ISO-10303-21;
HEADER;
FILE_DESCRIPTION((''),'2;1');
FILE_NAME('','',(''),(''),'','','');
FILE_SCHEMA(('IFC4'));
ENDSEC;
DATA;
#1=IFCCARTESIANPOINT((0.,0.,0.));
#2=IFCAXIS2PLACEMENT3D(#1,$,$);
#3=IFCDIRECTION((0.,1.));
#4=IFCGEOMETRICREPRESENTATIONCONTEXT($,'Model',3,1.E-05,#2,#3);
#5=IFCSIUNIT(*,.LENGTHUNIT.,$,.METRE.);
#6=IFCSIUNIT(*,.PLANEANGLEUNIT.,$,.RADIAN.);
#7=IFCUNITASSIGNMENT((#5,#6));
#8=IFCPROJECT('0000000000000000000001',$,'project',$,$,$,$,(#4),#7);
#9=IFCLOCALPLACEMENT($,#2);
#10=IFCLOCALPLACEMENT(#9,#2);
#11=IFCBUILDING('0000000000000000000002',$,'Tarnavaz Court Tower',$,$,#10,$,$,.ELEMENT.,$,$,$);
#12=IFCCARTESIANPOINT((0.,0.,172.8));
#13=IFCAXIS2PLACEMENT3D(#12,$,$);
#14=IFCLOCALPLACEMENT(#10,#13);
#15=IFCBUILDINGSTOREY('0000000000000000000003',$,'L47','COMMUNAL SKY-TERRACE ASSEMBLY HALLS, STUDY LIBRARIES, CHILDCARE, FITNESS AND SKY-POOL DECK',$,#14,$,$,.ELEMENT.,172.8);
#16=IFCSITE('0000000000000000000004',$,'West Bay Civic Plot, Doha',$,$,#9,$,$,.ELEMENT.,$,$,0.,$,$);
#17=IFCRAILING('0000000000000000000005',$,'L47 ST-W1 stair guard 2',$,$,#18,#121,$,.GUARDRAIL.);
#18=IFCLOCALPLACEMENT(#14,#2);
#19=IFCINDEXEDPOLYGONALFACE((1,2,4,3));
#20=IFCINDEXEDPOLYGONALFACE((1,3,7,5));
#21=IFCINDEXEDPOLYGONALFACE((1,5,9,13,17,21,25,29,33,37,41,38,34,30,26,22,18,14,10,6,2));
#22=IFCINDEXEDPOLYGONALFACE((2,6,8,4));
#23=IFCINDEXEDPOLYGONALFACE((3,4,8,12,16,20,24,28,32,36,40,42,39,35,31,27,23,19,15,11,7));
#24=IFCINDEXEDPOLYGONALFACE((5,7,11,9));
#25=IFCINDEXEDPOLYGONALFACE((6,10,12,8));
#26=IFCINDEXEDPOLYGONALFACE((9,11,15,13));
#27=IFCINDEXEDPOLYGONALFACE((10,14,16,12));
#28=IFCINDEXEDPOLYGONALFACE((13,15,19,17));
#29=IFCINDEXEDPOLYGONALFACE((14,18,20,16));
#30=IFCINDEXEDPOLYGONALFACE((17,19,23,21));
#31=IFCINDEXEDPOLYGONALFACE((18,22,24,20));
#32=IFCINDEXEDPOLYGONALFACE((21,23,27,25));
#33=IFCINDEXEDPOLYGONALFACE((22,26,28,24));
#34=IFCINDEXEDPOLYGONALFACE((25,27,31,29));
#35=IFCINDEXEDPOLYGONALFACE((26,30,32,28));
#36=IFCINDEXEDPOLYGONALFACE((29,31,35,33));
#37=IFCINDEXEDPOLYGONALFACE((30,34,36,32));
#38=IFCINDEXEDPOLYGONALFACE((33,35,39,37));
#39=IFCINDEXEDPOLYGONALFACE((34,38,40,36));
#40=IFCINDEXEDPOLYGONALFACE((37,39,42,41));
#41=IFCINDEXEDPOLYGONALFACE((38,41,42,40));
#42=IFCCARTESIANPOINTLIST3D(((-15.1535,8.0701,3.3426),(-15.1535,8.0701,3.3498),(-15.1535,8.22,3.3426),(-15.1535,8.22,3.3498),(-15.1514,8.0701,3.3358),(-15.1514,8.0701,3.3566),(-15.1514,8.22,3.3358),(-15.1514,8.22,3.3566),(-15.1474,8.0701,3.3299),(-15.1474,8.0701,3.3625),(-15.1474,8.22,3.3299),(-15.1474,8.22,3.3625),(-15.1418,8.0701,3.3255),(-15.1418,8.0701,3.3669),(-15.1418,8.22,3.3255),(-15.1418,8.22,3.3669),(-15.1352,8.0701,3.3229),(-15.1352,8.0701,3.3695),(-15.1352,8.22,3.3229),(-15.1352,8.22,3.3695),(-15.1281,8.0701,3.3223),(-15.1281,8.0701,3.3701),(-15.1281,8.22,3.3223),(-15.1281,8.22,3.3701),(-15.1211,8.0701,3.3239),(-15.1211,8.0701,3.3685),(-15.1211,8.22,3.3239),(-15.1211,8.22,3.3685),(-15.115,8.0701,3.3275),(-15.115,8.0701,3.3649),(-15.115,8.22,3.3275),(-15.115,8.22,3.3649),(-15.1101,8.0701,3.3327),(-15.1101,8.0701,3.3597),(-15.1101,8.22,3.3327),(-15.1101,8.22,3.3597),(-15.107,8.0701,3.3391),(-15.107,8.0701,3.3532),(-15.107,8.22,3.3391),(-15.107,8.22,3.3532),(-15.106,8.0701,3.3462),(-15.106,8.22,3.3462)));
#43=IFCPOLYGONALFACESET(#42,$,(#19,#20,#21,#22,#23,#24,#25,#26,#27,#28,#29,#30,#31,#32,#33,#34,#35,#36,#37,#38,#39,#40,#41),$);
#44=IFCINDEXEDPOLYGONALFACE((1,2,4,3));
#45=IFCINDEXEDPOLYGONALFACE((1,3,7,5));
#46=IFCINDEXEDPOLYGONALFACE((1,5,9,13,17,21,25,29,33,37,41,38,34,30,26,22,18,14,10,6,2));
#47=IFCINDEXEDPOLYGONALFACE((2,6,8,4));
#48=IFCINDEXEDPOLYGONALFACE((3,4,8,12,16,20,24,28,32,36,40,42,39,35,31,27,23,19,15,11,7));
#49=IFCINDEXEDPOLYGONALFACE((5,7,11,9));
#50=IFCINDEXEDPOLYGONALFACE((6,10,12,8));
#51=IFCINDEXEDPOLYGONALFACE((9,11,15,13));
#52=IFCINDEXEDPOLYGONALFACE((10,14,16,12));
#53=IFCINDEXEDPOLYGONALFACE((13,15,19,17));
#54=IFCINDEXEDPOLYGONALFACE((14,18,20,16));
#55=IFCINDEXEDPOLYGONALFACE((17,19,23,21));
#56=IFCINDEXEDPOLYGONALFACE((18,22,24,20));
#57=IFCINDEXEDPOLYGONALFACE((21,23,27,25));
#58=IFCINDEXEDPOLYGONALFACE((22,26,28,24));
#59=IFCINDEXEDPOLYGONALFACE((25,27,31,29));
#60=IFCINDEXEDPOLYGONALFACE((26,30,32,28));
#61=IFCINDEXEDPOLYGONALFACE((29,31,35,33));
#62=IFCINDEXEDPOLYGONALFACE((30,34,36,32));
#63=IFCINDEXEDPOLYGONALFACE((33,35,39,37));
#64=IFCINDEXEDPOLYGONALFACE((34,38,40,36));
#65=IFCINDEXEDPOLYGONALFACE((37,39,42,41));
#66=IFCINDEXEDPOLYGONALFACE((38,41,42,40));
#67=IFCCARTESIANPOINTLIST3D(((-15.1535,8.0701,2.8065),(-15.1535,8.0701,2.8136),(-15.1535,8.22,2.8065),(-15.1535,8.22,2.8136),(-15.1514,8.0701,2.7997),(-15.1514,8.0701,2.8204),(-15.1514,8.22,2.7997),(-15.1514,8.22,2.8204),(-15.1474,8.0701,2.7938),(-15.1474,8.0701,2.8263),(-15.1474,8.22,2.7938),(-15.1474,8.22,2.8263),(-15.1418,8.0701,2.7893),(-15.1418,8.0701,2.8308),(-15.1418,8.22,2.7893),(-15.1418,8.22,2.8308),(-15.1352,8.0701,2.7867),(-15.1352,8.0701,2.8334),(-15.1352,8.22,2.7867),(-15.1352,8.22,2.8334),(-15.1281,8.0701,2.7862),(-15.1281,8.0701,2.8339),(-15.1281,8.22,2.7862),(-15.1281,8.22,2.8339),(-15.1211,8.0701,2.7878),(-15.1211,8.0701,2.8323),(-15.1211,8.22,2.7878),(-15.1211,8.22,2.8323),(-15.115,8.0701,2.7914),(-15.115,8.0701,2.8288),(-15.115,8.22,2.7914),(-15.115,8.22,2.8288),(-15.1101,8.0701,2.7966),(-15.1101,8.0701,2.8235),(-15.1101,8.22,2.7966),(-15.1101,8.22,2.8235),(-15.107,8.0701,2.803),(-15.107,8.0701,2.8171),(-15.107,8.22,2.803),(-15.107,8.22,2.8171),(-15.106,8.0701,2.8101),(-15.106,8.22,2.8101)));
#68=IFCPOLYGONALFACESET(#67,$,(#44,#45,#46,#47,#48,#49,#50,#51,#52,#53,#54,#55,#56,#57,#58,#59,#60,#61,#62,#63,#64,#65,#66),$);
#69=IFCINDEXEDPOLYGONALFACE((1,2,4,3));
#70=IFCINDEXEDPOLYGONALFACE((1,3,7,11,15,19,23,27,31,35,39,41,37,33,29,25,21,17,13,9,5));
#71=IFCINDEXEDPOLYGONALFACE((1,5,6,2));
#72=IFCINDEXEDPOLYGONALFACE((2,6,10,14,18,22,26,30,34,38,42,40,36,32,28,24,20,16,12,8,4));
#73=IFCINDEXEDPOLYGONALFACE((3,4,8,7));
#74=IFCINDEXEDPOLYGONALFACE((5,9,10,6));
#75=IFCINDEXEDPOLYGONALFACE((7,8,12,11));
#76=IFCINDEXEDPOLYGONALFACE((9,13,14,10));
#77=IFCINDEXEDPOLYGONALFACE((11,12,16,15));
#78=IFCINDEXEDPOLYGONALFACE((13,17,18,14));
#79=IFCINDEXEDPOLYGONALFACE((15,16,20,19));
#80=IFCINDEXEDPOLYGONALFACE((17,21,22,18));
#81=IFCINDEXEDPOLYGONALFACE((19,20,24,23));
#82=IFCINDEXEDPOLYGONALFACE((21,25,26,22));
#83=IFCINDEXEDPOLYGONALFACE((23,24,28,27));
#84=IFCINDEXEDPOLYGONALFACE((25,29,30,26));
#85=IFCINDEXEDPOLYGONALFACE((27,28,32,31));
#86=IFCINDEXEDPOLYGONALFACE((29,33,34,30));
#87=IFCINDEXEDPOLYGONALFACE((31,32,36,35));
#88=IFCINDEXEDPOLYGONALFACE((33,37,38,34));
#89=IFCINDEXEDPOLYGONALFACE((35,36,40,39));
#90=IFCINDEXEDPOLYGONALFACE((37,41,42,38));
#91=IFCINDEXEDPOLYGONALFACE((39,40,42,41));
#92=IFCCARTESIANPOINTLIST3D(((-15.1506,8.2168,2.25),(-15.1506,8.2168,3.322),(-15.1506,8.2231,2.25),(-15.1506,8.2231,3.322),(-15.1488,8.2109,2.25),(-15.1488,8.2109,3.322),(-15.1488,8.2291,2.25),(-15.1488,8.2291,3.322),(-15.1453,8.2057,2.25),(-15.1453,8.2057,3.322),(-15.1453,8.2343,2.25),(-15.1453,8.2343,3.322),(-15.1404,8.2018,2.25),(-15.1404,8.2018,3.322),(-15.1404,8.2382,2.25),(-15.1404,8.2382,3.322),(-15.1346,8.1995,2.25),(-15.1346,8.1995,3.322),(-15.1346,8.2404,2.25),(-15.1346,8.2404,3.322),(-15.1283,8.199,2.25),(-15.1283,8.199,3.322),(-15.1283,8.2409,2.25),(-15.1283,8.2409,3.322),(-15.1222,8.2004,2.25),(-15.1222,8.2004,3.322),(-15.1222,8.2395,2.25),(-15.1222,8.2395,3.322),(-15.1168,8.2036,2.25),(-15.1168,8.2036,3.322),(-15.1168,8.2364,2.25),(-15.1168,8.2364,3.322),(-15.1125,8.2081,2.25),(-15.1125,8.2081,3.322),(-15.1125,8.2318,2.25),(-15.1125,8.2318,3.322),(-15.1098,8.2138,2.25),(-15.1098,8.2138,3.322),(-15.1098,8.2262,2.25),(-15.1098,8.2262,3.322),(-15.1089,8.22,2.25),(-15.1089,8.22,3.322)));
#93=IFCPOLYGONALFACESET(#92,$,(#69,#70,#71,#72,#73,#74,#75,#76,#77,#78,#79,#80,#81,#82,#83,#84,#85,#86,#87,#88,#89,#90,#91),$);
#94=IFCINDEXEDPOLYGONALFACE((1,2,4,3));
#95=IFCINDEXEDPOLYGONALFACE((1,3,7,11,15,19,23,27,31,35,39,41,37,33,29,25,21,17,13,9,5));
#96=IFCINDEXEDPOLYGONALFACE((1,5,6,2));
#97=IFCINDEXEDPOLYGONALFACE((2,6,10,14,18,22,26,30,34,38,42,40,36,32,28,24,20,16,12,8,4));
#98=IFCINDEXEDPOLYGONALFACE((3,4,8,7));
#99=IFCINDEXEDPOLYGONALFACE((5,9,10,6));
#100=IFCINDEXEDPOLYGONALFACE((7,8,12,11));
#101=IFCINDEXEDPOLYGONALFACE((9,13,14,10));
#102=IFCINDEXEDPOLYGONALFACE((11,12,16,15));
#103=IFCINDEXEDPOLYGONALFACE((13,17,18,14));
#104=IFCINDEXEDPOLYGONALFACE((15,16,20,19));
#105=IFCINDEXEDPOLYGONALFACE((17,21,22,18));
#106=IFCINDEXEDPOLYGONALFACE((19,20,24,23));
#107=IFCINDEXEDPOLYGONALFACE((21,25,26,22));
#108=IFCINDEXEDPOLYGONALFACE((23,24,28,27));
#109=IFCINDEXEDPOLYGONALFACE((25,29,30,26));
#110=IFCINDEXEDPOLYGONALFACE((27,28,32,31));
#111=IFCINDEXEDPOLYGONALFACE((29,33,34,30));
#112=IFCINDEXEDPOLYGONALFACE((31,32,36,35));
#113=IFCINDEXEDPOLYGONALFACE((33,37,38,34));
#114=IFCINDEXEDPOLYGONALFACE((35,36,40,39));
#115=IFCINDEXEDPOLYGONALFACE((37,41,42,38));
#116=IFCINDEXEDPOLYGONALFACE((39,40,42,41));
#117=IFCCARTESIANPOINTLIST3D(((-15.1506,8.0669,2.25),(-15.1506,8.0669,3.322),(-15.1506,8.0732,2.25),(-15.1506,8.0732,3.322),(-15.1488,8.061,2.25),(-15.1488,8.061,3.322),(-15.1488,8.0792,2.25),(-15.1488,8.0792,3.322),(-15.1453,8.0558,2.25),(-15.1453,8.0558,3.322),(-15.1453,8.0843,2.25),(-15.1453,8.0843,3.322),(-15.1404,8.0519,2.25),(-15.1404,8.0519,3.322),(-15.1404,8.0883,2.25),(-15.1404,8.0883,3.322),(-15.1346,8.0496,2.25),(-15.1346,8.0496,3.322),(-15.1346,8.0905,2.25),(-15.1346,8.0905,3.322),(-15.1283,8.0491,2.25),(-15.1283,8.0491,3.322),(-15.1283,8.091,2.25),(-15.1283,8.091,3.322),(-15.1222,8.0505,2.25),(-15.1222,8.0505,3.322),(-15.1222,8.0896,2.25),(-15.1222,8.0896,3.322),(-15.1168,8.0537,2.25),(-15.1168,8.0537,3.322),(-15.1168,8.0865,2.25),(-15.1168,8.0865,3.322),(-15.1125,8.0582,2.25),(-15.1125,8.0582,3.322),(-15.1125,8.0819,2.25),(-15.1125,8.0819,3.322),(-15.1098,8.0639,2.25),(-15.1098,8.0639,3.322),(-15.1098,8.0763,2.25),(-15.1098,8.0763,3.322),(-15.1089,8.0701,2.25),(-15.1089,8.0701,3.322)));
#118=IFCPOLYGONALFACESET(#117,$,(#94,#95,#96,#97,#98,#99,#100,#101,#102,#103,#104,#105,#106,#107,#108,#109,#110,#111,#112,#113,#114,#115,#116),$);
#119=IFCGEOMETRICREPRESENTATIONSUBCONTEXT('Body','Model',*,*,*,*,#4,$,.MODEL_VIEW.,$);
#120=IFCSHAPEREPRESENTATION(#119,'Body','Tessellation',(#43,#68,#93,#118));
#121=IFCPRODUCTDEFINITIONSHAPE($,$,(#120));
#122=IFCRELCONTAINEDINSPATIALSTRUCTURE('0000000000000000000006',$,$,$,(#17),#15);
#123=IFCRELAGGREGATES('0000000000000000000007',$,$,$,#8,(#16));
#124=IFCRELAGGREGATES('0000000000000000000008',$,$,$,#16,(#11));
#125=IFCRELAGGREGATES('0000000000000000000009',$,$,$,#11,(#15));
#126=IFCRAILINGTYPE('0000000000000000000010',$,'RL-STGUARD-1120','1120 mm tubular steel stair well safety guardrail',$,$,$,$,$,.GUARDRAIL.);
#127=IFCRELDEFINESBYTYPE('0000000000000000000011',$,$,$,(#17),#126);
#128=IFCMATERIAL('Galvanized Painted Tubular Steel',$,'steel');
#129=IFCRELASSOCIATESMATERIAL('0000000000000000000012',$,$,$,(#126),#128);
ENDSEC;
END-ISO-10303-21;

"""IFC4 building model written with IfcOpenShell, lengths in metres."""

from ifc_helpers import new_model, si_unit, direction, frame, origin, origin_2d, place, context, subcontext, project, spatial, circle, extrude, material, type_object, element, save


model = new_model("IFC4")

# Units and contexts
model_context = context("Model", 3, precision=1e-05, world=origin(), true_north=direction((0.0, 1.0)))
body_context = subcontext(model_context, "Body", "Model", "MODEL_VIEW")
ifc_project = project(units=[si_unit("LENGTHUNIT", "METRE"), si_unit("PLANEANGLEUNIT", "RADIAN")], contexts=[model_context])

# Site, building, storey
site_placement = place(None, origin())
site = spatial("IfcSite", under=ifc_project, at=site_placement, Name="West Bay Civic Plot, Doha", CompositionType="ELEMENT", RefElevation=0.0)
building_placement = place(site_placement, origin())
building = spatial("IfcBuilding", under=site, at=building_placement, Name="Tarnavaz Court Tower", CompositionType="ELEMENT")
storey_placement = place(building_placement, frame((0.0, 0.0, 172.8)))
storey = spatial("IfcBuildingStorey", under=building, at=storey_placement, Name="L47", Description="COMMUNAL SKY-TERRACE ASSEMBLY HALLS, STUDY LIBRARIES, CHILDCARE, FITNESS AND SKY-POOL DECK", CompositionType="ELEMENT", Elevation=172.8)

# Railing
ifc_material_1 = material(Name="Galvanized Painted Tubular Steel", Category="steel")
railing_type_1 = type_object("IfcRailingType", Name="RL-STGUARD-1120", Description="1120 mm tubular steel stair well safety guardrail", PredefinedType="GUARDRAIL", material=ifc_material_1)
railing_1_placement = place(storey_placement, frame((-15.1299, 8.22, 2.25)))
element("IfcRailing", 1, at=railing_1_placement, inside=storey, type_object=railing_type_1, Name="L47 ST-W1 stair guard 2", PredefinedType="GUARDRAIL", context=body_context, shape_type="SweptSolid", body=[
    extrude(circle(Radius=0.0239, at=origin_2d()), frame((0.0, 0.0, 1.0962), z_axis=(0.0, -1.0, 0.0), x_axis=(1.0, 0.0, 0.0)), (0.0, 0.0, 1.0), 0.1499),
    extrude(circle(Radius=0.0239, at=origin_2d()), frame((0.0, 0.0, 0.5601), z_axis=(0.0, -1.0, 0.0), x_axis=(1.0, 0.0, 0.0)), (0.0, 0.0, 1.0), 0.1499),
    extrude(circle(Radius=0.021, at=origin_2d()), origin(), (0.0, 0.0, 1.0), 1.072),
    extrude(circle(Radius=0.021, at=origin_2d()), frame((0.0, -0.1499, 0.0)), (0.0, 0.0, 1.0), 1.072),
])

save(model, "model.ifc")
